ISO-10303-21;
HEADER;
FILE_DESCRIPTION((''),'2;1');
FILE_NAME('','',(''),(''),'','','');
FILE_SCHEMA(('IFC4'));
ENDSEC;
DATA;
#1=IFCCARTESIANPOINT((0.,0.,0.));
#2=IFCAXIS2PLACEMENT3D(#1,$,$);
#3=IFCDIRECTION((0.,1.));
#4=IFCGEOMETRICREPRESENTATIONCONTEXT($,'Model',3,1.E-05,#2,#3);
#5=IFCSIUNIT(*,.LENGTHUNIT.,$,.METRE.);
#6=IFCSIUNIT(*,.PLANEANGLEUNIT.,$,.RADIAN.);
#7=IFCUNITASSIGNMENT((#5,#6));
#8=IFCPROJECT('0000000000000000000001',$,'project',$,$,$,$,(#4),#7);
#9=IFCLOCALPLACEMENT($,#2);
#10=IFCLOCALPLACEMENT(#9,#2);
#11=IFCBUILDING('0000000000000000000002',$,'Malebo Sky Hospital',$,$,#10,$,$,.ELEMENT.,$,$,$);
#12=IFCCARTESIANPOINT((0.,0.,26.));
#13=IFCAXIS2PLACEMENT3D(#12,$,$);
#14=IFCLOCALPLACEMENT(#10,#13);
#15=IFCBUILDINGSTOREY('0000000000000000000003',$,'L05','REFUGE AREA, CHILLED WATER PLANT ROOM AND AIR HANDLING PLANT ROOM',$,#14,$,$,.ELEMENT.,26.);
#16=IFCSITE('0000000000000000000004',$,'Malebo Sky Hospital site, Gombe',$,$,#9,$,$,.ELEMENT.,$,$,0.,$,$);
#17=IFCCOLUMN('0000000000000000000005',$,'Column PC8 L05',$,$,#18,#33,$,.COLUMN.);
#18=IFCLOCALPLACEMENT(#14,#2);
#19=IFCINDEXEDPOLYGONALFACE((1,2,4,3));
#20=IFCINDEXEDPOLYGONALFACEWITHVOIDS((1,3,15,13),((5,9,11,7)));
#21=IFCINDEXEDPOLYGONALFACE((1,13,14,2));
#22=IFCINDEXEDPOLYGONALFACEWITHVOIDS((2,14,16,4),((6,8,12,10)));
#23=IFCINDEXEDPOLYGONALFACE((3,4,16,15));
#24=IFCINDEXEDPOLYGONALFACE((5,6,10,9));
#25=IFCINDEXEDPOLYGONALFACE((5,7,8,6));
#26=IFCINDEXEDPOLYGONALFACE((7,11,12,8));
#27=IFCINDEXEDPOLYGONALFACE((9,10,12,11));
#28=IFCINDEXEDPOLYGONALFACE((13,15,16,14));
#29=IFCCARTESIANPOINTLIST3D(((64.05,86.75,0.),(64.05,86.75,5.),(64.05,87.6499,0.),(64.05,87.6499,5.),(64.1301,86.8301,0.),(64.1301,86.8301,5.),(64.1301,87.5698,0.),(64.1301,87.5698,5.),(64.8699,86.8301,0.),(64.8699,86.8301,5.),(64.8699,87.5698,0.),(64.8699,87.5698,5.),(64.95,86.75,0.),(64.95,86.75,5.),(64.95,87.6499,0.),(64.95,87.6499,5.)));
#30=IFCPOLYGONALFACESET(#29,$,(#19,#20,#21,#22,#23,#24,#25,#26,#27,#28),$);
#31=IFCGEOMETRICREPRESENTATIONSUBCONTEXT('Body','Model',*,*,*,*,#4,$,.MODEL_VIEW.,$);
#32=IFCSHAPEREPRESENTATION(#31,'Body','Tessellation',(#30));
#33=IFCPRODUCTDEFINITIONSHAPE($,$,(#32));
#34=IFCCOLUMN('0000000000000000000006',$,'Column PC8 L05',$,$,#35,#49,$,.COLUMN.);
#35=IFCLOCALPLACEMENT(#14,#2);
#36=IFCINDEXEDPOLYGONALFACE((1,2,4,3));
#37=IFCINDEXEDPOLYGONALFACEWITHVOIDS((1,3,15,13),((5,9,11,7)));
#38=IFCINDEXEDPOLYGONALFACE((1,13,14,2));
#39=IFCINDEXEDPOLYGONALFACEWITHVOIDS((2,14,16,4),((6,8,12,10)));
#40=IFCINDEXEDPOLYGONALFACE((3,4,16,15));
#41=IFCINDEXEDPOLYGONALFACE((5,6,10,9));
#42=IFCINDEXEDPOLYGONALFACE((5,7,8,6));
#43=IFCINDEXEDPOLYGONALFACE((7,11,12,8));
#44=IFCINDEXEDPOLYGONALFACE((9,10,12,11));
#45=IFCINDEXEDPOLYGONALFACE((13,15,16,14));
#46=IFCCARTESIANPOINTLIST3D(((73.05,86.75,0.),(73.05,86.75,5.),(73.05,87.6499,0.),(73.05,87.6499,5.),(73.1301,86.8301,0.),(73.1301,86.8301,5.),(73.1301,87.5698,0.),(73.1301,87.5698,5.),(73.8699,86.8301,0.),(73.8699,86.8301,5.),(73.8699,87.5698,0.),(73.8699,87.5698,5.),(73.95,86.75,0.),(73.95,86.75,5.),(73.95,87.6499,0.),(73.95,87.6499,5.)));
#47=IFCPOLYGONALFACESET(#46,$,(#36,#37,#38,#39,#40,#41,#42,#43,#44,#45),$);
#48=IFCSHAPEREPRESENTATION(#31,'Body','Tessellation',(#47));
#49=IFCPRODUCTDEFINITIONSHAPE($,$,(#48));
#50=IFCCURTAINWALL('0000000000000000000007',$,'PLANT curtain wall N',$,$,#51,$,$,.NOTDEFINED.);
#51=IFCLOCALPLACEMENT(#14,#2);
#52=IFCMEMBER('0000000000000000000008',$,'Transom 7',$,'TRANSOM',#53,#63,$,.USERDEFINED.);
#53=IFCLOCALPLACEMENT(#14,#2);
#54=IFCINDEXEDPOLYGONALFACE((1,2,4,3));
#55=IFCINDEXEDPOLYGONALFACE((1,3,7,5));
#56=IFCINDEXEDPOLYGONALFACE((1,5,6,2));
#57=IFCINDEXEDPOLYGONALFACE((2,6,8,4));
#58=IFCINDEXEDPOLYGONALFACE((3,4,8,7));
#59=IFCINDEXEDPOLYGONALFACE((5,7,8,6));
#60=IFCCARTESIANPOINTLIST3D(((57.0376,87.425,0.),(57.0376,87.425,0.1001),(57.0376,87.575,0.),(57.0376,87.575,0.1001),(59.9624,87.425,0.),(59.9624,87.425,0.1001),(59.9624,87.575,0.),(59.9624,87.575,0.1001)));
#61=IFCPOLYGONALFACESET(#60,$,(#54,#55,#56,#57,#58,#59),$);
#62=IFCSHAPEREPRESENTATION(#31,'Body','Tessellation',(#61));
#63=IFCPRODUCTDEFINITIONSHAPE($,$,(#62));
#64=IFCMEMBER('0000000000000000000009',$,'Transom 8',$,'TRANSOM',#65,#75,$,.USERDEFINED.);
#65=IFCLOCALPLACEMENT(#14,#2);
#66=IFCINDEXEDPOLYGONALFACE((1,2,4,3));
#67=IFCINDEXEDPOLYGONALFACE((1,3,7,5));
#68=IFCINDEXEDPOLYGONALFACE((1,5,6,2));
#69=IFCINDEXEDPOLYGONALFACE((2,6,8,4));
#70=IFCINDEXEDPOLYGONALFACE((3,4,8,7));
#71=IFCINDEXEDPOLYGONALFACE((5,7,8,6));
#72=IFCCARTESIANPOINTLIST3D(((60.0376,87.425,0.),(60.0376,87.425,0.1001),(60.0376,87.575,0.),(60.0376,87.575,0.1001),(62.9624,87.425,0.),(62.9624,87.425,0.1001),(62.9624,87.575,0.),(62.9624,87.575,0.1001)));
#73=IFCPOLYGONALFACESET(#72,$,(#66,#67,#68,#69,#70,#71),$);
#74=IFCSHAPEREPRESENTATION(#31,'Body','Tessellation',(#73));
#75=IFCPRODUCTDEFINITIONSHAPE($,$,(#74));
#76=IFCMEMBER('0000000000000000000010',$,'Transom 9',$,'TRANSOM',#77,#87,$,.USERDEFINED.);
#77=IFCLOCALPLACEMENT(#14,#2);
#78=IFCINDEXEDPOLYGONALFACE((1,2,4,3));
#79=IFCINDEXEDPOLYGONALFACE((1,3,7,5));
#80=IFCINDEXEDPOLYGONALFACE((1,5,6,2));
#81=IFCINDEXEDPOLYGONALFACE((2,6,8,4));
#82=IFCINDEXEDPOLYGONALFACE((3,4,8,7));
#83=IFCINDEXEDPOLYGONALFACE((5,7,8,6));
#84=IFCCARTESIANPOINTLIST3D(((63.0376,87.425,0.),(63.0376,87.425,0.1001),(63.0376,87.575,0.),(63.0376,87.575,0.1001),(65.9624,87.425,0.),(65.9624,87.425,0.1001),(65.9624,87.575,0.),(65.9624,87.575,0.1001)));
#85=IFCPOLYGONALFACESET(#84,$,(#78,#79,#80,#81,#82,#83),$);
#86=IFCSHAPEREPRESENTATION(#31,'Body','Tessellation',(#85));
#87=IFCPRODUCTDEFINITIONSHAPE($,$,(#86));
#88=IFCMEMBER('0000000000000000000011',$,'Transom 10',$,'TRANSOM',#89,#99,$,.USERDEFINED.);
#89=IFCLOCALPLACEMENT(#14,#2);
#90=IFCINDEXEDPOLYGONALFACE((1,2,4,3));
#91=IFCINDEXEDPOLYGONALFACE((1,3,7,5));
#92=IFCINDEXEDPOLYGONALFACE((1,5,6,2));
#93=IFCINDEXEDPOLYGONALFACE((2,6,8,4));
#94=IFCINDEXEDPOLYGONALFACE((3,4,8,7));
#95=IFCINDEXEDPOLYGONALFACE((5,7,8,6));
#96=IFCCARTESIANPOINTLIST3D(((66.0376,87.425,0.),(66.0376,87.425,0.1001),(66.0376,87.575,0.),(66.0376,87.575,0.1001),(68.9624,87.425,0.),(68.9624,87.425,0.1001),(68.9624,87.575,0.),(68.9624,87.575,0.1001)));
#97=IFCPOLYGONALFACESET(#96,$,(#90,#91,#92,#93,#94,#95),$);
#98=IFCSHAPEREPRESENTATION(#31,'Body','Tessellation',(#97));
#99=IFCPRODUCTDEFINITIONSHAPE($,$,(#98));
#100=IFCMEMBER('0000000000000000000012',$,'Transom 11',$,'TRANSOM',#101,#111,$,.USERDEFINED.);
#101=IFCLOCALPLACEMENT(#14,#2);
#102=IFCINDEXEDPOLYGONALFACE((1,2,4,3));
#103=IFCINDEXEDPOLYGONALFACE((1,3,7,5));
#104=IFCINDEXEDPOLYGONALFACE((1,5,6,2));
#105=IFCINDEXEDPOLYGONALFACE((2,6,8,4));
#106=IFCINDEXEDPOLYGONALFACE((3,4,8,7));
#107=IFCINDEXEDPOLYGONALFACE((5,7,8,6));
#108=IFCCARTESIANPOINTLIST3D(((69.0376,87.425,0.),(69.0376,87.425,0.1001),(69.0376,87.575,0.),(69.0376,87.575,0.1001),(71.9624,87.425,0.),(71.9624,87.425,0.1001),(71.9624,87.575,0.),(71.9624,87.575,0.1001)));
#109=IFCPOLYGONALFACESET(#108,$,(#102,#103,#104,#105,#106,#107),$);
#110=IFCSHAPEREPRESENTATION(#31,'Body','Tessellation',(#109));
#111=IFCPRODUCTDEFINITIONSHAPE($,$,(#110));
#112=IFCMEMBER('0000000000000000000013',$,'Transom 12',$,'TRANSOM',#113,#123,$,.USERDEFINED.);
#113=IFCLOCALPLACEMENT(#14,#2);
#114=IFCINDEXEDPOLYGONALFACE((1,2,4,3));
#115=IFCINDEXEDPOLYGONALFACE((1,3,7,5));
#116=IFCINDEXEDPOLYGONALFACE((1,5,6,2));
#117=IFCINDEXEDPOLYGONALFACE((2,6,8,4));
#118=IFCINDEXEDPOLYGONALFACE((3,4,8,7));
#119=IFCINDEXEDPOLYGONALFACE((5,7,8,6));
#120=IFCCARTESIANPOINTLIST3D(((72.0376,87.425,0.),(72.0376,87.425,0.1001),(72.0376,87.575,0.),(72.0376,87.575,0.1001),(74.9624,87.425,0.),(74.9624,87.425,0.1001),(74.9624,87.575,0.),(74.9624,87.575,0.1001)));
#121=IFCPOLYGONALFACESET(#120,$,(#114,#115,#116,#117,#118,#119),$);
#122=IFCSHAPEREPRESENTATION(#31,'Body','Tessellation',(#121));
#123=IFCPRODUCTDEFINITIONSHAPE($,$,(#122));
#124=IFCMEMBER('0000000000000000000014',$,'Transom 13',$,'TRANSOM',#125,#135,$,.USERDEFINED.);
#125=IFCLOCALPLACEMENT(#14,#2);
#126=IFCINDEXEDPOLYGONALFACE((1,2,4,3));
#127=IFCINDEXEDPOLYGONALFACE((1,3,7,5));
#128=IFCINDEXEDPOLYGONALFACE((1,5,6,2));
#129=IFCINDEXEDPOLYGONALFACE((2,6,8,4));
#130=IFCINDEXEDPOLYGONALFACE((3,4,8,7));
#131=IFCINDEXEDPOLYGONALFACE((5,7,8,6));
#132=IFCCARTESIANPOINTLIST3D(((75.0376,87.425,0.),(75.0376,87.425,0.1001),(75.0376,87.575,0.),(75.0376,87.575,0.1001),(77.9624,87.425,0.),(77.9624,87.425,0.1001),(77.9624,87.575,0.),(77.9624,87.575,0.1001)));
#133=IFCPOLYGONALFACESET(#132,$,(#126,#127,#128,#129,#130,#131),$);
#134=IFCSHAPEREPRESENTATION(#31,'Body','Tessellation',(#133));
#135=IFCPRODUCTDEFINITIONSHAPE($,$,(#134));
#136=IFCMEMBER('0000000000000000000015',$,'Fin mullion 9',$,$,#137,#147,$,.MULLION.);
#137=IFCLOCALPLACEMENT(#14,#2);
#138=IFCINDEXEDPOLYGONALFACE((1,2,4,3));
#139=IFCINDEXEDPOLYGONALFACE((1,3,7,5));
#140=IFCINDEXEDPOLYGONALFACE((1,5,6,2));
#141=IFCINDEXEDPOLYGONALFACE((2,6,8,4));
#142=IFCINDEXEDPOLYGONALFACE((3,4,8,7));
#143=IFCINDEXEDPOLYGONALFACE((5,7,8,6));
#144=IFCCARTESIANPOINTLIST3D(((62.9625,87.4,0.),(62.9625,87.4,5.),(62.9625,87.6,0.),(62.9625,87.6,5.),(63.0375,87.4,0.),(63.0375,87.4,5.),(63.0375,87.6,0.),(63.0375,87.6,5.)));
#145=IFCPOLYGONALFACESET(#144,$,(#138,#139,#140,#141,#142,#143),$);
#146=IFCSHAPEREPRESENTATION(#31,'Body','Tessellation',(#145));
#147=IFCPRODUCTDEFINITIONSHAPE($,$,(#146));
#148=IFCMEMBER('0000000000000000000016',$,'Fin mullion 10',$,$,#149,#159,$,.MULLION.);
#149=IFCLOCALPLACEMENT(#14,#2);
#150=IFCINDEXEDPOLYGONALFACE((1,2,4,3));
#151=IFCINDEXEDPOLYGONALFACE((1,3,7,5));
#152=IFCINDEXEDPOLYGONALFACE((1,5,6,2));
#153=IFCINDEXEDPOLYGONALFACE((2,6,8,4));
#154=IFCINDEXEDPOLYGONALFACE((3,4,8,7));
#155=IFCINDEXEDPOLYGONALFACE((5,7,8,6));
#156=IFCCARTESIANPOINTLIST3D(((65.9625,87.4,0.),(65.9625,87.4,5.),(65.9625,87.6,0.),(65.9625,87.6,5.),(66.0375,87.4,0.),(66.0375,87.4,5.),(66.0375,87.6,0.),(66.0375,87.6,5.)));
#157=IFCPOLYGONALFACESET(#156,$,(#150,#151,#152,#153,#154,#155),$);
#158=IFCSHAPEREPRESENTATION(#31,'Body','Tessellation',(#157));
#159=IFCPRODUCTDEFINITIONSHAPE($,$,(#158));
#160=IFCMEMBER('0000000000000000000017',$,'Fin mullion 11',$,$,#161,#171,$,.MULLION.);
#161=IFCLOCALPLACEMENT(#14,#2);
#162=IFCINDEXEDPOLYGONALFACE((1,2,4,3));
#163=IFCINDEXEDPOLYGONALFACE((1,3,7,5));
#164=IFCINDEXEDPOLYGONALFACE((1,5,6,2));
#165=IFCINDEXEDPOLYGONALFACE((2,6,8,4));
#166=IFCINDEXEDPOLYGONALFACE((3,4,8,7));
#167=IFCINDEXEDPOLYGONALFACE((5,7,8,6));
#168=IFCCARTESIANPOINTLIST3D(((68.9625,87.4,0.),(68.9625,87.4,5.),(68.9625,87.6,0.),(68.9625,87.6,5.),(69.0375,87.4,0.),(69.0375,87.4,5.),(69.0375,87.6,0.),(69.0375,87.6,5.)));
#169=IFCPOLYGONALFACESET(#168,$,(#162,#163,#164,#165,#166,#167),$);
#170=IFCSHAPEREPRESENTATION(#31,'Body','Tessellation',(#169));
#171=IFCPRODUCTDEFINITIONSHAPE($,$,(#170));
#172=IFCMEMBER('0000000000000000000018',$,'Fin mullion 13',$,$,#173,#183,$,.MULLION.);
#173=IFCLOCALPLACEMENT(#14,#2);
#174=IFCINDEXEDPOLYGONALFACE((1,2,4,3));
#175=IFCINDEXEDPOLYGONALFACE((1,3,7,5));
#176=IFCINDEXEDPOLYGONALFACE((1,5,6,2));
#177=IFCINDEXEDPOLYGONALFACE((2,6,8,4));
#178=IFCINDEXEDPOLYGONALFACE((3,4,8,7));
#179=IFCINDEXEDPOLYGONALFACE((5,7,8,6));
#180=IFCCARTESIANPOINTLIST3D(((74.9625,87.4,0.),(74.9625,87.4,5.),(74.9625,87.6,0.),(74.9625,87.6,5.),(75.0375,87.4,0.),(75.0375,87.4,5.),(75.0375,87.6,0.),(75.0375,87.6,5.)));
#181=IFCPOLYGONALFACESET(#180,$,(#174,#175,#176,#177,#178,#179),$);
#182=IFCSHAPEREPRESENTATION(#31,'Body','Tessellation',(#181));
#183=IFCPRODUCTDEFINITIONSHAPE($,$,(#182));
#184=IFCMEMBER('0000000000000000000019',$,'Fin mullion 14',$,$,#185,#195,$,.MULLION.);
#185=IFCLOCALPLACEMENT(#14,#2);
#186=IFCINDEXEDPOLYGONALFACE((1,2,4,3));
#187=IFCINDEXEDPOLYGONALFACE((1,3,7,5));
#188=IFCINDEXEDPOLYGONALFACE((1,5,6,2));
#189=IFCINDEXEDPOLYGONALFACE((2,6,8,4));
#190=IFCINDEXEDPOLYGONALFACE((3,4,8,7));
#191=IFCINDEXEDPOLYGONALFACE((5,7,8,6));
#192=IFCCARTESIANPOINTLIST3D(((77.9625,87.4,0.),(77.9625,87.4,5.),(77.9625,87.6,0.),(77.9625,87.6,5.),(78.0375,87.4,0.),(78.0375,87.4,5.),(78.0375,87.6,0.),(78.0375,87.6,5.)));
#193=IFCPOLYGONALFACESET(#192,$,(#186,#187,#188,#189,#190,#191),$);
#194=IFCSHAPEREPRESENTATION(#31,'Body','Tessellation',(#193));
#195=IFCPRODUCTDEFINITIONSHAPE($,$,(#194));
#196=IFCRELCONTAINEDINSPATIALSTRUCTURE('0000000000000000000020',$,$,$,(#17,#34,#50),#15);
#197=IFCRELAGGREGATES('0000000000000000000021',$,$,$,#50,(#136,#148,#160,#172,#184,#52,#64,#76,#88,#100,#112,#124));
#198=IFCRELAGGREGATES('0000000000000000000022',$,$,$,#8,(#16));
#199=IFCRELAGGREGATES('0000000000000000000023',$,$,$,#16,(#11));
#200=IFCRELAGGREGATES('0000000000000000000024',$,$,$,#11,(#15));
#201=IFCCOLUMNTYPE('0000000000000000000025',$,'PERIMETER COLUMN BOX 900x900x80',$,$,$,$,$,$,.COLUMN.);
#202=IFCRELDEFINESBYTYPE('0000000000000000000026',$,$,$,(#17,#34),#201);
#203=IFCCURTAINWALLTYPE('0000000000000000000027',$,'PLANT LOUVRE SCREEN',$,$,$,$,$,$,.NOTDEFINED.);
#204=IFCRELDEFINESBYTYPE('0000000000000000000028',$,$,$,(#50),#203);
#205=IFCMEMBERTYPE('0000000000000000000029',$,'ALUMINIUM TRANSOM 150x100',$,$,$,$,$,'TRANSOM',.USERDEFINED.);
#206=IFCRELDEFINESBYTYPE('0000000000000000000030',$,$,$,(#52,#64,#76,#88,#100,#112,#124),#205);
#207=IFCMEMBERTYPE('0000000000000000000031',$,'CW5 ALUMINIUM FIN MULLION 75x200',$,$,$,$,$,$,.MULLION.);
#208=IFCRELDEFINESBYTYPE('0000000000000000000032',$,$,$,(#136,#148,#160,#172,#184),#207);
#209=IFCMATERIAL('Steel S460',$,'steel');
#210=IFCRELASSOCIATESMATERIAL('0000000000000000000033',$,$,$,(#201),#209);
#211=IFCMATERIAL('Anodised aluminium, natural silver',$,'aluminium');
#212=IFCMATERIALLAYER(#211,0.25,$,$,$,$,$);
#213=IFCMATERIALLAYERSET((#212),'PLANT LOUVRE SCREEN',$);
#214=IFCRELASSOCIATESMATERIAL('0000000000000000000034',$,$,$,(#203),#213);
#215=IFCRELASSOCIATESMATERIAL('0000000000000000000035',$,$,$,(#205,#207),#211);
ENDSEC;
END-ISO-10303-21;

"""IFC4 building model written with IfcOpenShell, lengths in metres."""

from ifc_helpers import new_model, si_unit, direction, frame, origin, origin_2d, place, context, subcontext, project, spatial, rectangle, hollow_rectangle, extrude, material, layer, layer_set, material_profile, profile_set, type_object, element, aggregate, save


model = new_model("IFC4")

# Units and contexts
model_context = context("Model", 3, precision=1e-05, world=origin(), true_north=direction((0.0, 1.0)))
body_context = subcontext(model_context, "Body", "Model", "MODEL_VIEW")
ifc_project = project(units=[si_unit("LENGTHUNIT", "METRE"), si_unit("PLANEANGLEUNIT", "RADIAN")], contexts=[model_context])

# Site, building, storey
site_placement = place(None, origin())
site = spatial("IfcSite", under=ifc_project, at=site_placement, Name="Malebo Sky Hospital site, Gombe", CompositionType="ELEMENT", RefElevation=0.0)
building_placement = place(site_placement, origin())
building = spatial("IfcBuilding", under=site, at=building_placement, Name="Malebo Sky Hospital", CompositionType="ELEMENT")
storey_placement = place(building_placement, frame((0.0, 0.0, 26.0)))
storey = spatial("IfcBuildingStorey", under=building, at=storey_placement, Name="L05", Description="REFUGE AREA, CHILLED WATER PLANT ROOM AND AIR HANDLING PLANT ROOM", CompositionType="ELEMENT", Elevation=26.0)

# Columns
ifc_material_1 = material(Name="Steel S460", Category="steel")
ifc_material_profile_1 = material_profile(ifc_material_1, hollow_rectangle(XDim=0.8999, YDim=0.8999, WallThickness=0.0801, at=origin_2d()), Name="BOX 900x900x80")
ifc_profile_set_1 = profile_set([ifc_material_profile_1], Name="Steel S460")
column_type = type_object("IfcColumnType", Name="PERIMETER COLUMN BOX 900x900x80", PredefinedType="COLUMN", material=ifc_profile_set_1)
for number, where, z_axis, x_axis, name in (
    (1, (64.5, 87.2, 0.0), (0.0, 0.0, 1.0), (1.0, 0.0, 0.0), "Column PC8 L05"),
    (2, (73.5, 87.2, 0.0), (0.0, 0.0, 1.0), (1.0, 0.0, 0.0), "Column PC8 L05"),
):
    element("IfcColumn", number, at=place(storey_placement, frame(where, z_axis=z_axis, x_axis=x_axis)), inside=storey, type_object=column_type, Name=name, PredefinedType="COLUMN", context=body_context, shape_type="SweptSolid", body=[
        extrude(hollow_rectangle(XDim=0.8999, YDim=0.8999, WallThickness=0.0801, at=origin_2d()), origin(), (0.0, 0.0, 1.0), 5.0),
    ])

# Curtain wall, members
ifc_material_2 = material(Name="Anodised aluminium, natural silver", Category="aluminium")
ifc_layer_1 = layer(ifc_material_2, 0.25)
ifc_layer_set_1 = layer_set([ifc_layer_1], Name="PLANT LOUVRE SCREEN")
curtain_wall_type = type_object("IfcCurtainWallType", Name="PLANT LOUVRE SCREEN", PredefinedType="NOTDEFINED", material=ifc_layer_set_1)
curtain_wall_placement = place(storey_placement, origin())
curtain_wall = element("IfcCurtainWall", 3, at=curtain_wall_placement, inside=storey, type_object=curtain_wall_type, Name="PLANT curtain wall N", PredefinedType="NOTDEFINED")
ifc_material_profile_2 = material_profile(ifc_material_2, rectangle(XDim=0.1499, YDim=0.1001, at=origin_2d()), Name="ALUMINIUM TRANSOM 150x100")
ifc_profile_set_2 = profile_set([ifc_material_profile_2], Name="Anodised aluminium, natural silver")
member_type_1 = type_object("IfcMemberType", Name="ALUMINIUM TRANSOM 150x100", ElementType="TRANSOM", PredefinedType="USERDEFINED", material=ifc_profile_set_2)
member_1_placement = place(storey_placement, frame((57.0376, 87.5, 0.05), z_axis=(1.0, 0.0, 0.0), x_axis=(0.0, 1.0, 0.0)))
member_1 = element("IfcMember", 4, at=member_1_placement, type_object=member_type_1, Name="Transom 7", ObjectType="TRANSOM", PredefinedType="USERDEFINED", context=body_context, shape_type="SweptSolid", body=[
    extrude(rectangle(XDim=0.1499, YDim=0.1001, at=origin_2d()), origin(), (0.0, 0.0, 1.0), 2.9248),
])
member_2_placement = place(storey_placement, frame((60.0376, 87.5, 0.05), z_axis=(1.0, 0.0, 0.0), x_axis=(0.0, 1.0, 0.0)))
member_2 = element("IfcMember", 5, at=member_2_placement, type_object=member_type_1, Name="Transom 8", ObjectType="TRANSOM", PredefinedType="USERDEFINED", context=body_context, shape_type="SweptSolid", body=[
    extrude(rectangle(XDim=0.1499, YDim=0.1001, at=origin_2d()), origin(), (0.0, 0.0, 1.0), 2.9248),
])
member_3_placement = place(storey_placement, frame((63.0376, 87.5, 0.05), z_axis=(1.0, 0.0, 0.0), x_axis=(0.0, 1.0, 0.0)))
member_3 = element("IfcMember", 6, at=member_3_placement, type_object=member_type_1, Name="Transom 9", ObjectType="TRANSOM", PredefinedType="USERDEFINED", context=body_context, shape_type="SweptSolid", body=[
    extrude(rectangle(XDim=0.1499, YDim=0.1001, at=origin_2d()), origin(), (0.0, 0.0, 1.0), 2.9248),
])
member_4_placement = place(storey_placement, frame((66.0376, 87.5, 0.05), z_axis=(1.0, 0.0, 0.0), x_axis=(0.0, 1.0, 0.0)))
member_4 = element("IfcMember", 7, at=member_4_placement, type_object=member_type_1, Name="Transom 10", ObjectType="TRANSOM", PredefinedType="USERDEFINED", context=body_context, shape_type="SweptSolid", body=[
    extrude(rectangle(XDim=0.1499, YDim=0.1001, at=origin_2d()), origin(), (0.0, 0.0, 1.0), 2.9248),
])
member_5_placement = place(storey_placement, frame((69.0376, 87.5, 0.05), z_axis=(1.0, 0.0, 0.0), x_axis=(0.0, 1.0, 0.0)))
member_5 = element("IfcMember", 8, at=member_5_placement, type_object=member_type_1, Name="Transom 11", ObjectType="TRANSOM", PredefinedType="USERDEFINED", context=body_context, shape_type="SweptSolid", body=[
    extrude(rectangle(XDim=0.1499, YDim=0.1001, at=origin_2d()), origin(), (0.0, 0.0, 1.0), 2.9248),
])
member_6_placement = place(storey_placement, frame((72.0376, 87.5, 0.05), z_axis=(1.0, 0.0, 0.0), x_axis=(0.0, 1.0, 0.0)))
member_6 = element("IfcMember", 9, at=member_6_placement, type_object=member_type_1, Name="Transom 12", ObjectType="TRANSOM", PredefinedType="USERDEFINED", context=body_context, shape_type="SweptSolid", body=[
    extrude(rectangle(XDim=0.1499, YDim=0.1001, at=origin_2d()), origin(), (0.0, 0.0, 1.0), 2.9248),
])
member_7_placement = place(storey_placement, frame((75.0376, 87.5, 0.05), z_axis=(1.0, 0.0, 0.0), x_axis=(0.0, 1.0, 0.0)))
member_7 = element("IfcMember", 10, at=member_7_placement, type_object=member_type_1, Name="Transom 13", ObjectType="TRANSOM", PredefinedType="USERDEFINED", context=body_context, shape_type="SweptSolid", body=[
    extrude(rectangle(XDim=0.1499, YDim=0.1001, at=origin_2d()), origin(), (0.0, 0.0, 1.0), 2.9248),
])
ifc_material_profile_3 = material_profile(ifc_material_2, rectangle(XDim=0.075, YDim=0.2, at=origin_2d()), Name="CW5 ALUMINIUM FIN MULLION 75x200")
ifc_profile_set_3 = profile_set([ifc_material_profile_3], Name="Anodised aluminium, natural silver")
member_type_2 = type_object("IfcMemberType", Name="CW5 ALUMINIUM FIN MULLION 75x200", PredefinedType="MULLION", material=ifc_profile_set_3)
member_8_placement = place(storey_placement, frame((63.0, 87.5, 0.0), z_axis=(0.0, 0.0, 1.0), x_axis=(1.0, 0.0, 0.0)))
member_8 = element("IfcMember", 11, at=member_8_placement, type_object=member_type_2, Name="Fin mullion 9", PredefinedType="MULLION", context=body_context, shape_type="SweptSolid", body=[
    extrude(rectangle(XDim=0.075, YDim=0.2, at=origin_2d()), origin(), (0.0, 0.0, 1.0), 5.0),
])
member_9_placement = place(storey_placement, frame((66.0, 87.5, 0.0), z_axis=(0.0, 0.0, 1.0), x_axis=(1.0, 0.0, 0.0)))
member_9 = element("IfcMember", 12, at=member_9_placement, type_object=member_type_2, Name="Fin mullion 10", PredefinedType="MULLION", context=body_context, shape_type="SweptSolid", body=[
    extrude(rectangle(XDim=0.075, YDim=0.2, at=origin_2d()), origin(), (0.0, 0.0, 1.0), 5.0),
])
member_10_placement = place(storey_placement, frame((69.0, 87.5, 0.0), z_axis=(0.0, 0.0, 1.0), x_axis=(1.0, 0.0, 0.0)))
member_10 = element("IfcMember", 13, at=member_10_placement, type_object=member_type_2, Name="Fin mullion 11", PredefinedType="MULLION", context=body_context, shape_type="SweptSolid", body=[
    extrude(rectangle(XDim=0.075, YDim=0.2, at=origin_2d()), origin(), (0.0, 0.0, 1.0), 5.0),
])
member_11_placement = place(storey_placement, frame((75.0, 87.5, 0.0), z_axis=(0.0, 0.0, 1.0), x_axis=(1.0, 0.0, 0.0)))
member_11 = element("IfcMember", 14, at=member_11_placement, type_object=member_type_2, Name="Fin mullion 13", PredefinedType="MULLION", context=body_context, shape_type="SweptSolid", body=[
    extrude(rectangle(XDim=0.075, YDim=0.2, at=origin_2d()), origin(), (0.0, 0.0, 1.0), 5.0),
])
member_12_placement = place(storey_placement, frame((78.0, 87.5, 0.0), z_axis=(0.0, 0.0, 1.0), x_axis=(1.0, 0.0, 0.0)))
member_12 = element("IfcMember", 15, at=member_12_placement, type_object=member_type_2, Name="Fin mullion 14", PredefinedType="MULLION", context=body_context, shape_type="SweptSolid", body=[
    extrude(rectangle(XDim=0.075, YDim=0.2, at=origin_2d()), origin(), (0.0, 0.0, 1.0), 5.0),
])

aggregate(curtain_wall, [member_8, member_9, member_10, member_11, member_12, member_1, member_2, member_3, member_4, member_5, member_6, member_7])

save(model, "model.ifc")
